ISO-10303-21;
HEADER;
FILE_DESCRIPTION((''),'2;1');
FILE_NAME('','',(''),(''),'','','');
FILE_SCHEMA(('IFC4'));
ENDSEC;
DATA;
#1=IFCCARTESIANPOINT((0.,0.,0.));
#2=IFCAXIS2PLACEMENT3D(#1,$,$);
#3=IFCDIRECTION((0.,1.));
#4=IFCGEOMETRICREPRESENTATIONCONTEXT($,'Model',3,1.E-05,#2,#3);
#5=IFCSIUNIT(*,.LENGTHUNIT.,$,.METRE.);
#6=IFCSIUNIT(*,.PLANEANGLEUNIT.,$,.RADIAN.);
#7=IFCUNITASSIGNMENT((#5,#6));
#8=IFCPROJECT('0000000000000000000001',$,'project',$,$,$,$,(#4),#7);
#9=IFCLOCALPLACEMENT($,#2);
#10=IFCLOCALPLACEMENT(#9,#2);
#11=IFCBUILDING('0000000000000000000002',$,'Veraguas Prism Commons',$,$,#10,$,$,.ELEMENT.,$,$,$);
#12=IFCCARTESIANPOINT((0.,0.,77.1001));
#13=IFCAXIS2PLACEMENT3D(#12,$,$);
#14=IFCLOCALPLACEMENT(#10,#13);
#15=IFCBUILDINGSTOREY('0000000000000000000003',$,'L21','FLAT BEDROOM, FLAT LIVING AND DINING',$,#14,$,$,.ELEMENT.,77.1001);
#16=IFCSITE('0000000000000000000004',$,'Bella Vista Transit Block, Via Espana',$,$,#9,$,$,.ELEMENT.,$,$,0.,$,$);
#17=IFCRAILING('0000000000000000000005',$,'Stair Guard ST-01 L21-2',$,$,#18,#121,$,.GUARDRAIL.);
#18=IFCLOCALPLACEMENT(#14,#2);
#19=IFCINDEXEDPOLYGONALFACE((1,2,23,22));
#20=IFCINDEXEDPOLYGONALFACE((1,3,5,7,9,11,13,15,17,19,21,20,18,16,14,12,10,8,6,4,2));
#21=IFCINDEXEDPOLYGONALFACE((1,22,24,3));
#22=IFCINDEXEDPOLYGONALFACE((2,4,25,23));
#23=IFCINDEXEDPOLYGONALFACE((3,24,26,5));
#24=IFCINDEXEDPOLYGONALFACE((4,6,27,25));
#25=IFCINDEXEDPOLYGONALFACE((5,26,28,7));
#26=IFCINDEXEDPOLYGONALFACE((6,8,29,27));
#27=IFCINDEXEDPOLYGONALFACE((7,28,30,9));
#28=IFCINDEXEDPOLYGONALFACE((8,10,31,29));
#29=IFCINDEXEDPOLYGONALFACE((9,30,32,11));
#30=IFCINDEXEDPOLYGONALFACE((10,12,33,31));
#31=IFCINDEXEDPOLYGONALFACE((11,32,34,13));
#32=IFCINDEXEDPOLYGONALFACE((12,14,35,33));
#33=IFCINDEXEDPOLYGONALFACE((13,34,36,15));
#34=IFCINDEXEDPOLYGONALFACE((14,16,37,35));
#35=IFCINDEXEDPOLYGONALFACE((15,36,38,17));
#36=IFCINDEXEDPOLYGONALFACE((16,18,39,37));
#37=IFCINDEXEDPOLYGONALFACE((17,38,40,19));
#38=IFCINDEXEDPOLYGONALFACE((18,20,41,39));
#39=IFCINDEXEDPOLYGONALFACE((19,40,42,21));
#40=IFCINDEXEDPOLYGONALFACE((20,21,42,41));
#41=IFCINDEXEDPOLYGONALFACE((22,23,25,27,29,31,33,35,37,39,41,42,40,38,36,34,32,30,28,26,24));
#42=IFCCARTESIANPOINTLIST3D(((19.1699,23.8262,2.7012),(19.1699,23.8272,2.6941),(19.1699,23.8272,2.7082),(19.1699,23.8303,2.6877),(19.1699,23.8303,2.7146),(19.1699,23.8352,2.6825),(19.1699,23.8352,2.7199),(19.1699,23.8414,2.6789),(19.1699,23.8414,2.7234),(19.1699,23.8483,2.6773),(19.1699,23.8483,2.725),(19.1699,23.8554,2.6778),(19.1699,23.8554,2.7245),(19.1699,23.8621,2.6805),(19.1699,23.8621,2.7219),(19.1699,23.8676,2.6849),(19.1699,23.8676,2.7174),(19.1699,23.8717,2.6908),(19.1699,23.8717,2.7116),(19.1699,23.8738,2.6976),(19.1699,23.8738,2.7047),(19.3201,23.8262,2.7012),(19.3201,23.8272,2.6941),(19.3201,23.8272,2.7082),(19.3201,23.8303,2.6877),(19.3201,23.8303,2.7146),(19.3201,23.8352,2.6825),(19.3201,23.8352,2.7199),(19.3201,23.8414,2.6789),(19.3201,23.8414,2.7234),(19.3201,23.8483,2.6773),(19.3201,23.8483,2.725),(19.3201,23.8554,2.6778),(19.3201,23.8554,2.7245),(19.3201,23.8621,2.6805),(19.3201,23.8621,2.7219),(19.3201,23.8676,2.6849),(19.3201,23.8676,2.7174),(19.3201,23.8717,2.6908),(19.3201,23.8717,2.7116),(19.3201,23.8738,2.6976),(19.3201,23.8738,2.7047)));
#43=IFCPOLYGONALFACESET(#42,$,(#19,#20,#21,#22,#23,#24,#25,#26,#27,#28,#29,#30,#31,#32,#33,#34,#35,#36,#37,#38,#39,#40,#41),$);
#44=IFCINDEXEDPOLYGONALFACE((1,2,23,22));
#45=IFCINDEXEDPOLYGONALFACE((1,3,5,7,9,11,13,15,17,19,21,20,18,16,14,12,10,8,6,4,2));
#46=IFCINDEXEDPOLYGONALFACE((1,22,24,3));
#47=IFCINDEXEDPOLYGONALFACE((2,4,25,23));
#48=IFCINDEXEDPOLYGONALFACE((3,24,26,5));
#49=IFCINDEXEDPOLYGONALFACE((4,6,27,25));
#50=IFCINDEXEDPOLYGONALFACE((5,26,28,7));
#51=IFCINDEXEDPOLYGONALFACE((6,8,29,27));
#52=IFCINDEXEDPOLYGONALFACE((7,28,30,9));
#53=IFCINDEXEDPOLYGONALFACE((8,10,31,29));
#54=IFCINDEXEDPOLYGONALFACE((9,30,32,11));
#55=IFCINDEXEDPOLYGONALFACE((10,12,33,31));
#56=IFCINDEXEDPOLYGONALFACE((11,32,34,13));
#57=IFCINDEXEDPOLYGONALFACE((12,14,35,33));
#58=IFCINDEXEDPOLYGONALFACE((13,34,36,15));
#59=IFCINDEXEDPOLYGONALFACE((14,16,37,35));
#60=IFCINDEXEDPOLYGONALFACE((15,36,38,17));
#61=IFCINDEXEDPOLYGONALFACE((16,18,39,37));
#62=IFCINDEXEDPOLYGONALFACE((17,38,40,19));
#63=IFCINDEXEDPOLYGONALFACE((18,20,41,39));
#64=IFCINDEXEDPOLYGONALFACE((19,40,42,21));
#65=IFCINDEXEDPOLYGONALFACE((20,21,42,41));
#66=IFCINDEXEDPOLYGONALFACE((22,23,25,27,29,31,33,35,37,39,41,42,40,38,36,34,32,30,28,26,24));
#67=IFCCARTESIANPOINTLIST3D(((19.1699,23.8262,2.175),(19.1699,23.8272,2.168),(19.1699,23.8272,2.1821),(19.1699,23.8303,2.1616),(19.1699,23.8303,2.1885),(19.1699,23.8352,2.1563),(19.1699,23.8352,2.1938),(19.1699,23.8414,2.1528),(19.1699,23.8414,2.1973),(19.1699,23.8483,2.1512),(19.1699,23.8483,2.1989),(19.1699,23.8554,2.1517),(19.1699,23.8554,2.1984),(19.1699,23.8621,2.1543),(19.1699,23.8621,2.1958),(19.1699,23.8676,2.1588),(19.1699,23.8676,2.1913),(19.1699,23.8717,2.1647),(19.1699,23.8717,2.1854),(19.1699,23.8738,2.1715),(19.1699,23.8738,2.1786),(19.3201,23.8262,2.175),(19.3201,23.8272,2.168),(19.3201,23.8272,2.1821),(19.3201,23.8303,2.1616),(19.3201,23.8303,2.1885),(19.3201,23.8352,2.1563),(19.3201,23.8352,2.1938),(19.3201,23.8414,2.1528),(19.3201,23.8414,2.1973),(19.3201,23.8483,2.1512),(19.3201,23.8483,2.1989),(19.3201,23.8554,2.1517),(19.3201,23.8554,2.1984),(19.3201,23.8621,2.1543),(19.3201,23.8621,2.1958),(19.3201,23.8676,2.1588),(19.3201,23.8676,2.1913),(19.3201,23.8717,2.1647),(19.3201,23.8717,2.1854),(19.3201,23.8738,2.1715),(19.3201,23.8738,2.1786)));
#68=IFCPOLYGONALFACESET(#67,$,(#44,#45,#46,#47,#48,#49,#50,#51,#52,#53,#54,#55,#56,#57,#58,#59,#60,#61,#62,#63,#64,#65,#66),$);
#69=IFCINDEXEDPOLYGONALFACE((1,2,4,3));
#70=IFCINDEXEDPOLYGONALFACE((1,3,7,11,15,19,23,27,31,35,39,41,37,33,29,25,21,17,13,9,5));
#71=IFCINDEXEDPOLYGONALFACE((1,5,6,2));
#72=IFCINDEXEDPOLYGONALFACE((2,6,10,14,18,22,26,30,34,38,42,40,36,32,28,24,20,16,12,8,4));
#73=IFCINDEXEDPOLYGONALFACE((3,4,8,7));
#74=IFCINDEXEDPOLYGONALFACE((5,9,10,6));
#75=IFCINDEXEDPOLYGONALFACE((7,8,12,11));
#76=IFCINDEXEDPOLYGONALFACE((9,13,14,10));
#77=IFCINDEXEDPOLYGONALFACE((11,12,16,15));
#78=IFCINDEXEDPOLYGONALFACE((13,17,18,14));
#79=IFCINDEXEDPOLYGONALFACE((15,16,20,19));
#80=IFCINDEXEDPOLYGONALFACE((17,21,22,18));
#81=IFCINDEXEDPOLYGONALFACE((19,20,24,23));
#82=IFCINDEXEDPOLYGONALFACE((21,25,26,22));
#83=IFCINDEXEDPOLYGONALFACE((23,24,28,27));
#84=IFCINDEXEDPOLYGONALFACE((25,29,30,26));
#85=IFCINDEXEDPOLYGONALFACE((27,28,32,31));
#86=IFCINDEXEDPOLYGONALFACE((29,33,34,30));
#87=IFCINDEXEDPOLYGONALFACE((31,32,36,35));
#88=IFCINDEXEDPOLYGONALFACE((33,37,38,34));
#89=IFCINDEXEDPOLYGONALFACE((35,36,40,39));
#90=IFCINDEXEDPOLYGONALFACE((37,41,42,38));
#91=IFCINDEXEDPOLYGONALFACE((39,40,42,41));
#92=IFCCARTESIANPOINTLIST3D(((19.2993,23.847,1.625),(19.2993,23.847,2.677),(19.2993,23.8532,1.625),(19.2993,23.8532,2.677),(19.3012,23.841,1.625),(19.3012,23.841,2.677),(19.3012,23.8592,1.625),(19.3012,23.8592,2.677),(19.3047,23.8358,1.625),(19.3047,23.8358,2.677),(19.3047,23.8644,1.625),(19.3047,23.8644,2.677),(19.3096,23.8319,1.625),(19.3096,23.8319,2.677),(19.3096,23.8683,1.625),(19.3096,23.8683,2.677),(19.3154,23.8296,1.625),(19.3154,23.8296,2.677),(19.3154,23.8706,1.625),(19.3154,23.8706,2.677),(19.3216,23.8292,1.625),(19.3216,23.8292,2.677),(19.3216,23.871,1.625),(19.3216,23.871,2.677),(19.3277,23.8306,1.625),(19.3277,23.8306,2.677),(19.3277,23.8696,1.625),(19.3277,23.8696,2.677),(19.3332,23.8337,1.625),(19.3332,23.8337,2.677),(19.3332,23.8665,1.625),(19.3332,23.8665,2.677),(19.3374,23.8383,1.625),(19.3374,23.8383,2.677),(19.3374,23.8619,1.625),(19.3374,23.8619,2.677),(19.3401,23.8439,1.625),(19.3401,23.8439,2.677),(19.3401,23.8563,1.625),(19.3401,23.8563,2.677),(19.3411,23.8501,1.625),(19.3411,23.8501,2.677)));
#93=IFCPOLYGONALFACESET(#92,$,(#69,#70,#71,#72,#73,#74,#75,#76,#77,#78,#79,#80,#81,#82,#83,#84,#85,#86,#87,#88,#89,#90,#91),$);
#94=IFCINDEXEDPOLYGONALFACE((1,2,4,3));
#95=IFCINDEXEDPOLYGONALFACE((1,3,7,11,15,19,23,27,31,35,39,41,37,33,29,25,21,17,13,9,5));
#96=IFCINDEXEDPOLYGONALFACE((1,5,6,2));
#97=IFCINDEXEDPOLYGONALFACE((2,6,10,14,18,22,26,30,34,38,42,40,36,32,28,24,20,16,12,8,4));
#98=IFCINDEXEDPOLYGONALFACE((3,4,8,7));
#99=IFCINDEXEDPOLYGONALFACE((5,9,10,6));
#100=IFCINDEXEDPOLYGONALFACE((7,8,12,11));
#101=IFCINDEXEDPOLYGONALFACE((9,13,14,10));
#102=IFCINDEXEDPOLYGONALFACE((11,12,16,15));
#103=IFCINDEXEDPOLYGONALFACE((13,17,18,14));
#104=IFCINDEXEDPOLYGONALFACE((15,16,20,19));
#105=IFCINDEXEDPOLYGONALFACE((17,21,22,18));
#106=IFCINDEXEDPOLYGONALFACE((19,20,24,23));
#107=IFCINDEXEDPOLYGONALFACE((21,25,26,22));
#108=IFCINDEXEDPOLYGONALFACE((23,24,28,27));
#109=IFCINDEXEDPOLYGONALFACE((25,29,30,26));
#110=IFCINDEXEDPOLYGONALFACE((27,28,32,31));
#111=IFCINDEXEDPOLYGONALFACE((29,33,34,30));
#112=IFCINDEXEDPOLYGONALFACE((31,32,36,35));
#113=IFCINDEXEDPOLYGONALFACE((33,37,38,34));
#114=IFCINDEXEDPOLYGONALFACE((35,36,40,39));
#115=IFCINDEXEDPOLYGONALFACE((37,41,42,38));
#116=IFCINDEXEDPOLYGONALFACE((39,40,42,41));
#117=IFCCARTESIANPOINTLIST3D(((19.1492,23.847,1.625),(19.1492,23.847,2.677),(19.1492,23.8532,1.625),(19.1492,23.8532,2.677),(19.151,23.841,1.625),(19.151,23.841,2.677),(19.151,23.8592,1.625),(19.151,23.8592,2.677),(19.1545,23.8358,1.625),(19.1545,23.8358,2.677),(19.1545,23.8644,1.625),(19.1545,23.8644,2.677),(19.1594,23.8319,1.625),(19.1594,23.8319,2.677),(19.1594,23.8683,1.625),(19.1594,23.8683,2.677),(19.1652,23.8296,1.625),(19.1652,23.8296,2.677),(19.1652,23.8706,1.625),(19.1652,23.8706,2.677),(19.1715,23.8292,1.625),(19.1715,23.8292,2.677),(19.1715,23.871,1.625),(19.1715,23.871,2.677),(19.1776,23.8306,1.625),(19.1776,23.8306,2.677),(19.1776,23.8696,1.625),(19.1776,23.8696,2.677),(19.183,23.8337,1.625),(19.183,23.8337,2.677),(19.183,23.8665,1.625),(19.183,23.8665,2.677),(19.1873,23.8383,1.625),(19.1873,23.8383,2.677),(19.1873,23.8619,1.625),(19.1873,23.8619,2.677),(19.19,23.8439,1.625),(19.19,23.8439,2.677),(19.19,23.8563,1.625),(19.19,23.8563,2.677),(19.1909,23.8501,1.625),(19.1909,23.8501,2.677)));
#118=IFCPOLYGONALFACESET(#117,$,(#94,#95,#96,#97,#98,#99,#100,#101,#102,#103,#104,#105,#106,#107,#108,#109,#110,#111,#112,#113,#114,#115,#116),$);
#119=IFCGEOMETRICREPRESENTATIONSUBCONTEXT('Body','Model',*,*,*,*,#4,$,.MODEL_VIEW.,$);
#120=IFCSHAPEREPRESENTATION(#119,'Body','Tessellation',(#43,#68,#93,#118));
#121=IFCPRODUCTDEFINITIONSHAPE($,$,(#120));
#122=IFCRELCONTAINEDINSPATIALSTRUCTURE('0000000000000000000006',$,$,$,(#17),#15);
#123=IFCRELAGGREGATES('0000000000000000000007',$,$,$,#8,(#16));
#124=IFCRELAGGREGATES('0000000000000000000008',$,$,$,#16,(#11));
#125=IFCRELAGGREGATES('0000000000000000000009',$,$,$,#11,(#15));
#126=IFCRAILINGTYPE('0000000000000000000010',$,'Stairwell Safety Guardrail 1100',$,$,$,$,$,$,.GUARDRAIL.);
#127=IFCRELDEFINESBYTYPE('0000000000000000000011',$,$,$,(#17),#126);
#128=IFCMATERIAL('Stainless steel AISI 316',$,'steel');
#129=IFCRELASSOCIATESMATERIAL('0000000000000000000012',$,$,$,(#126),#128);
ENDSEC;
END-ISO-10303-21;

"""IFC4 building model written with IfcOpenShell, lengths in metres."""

from ifc_helpers import new_model, si_unit, direction, frame, origin, origin_2d, place, context, subcontext, project, spatial, circle, extrude, material, type_object, element, save


model = new_model("IFC4")

# Units and contexts
model_context = context("Model", 3, precision=1e-05, world=origin(), true_north=direction((0.0, 1.0)))
body_context = subcontext(model_context, "Body", "Model", "MODEL_VIEW")
ifc_project = project(units=[si_unit("LENGTHUNIT", "METRE"), si_unit("PLANEANGLEUNIT", "RADIAN")], contexts=[model_context])

# Site, building, storey
site_placement = place(None, origin())
site = spatial("IfcSite", under=ifc_project, at=site_placement, Name="Bella Vista Transit Block, Via Espana", CompositionType="ELEMENT", RefElevation=0.0)
building_placement = place(site_placement, origin())
building = spatial("IfcBuilding", under=site, at=building_placement, Name="Veraguas Prism Commons", CompositionType="ELEMENT")
storey_placement = place(building_placement, frame((0.0, 0.0, 77.1001)))
storey = spatial("IfcBuildingStorey", under=building, at=storey_placement, Name="L21", Description="FLAT BEDROOM, FLAT LIVING AND DINING", CompositionType="ELEMENT", Elevation=77.1001)

# Railing
ifc_material_1 = material(Name="Stainless steel AISI 316", Category="steel")
railing_type_1 = type_object("IfcRailingType", Name="Stairwell Safety Guardrail 1100", PredefinedType="GUARDRAIL", material=ifc_material_1)
railing_1_placement = place(storey_placement, frame((19.3201, 23.8501, 1.625)))
element("IfcRailing", 1, at=railing_1_placement, inside=storey, type_object=railing_type_1, Name="Stair Guard ST-01 L21-2", PredefinedType="GUARDRAIL", context=body_context, shape_type="SweptSolid", body=[
    extrude(circle(Radius=0.0239, at=origin_2d()), frame((0.0, 0.0, 1.0762), z_axis=(-1.0, 0.0, 0.0), x_axis=(0.0, -1.0, 0.0)), (0.0, 0.0, 1.0), 0.1501),
    extrude(circle(Radius=0.0239, at=origin_2d()), frame((0.0, 0.0, 0.55), z_axis=(-1.0, 0.0, 0.0), x_axis=(0.0, -1.0, 0.0)), (0.0, 0.0, 1.0), 0.1501),
    extrude(circle(Radius=0.021, at=origin_2d()), origin(), (0.0, 0.0, 1.0), 1.052),
    extrude(circle(Radius=0.021, at=origin_2d()), frame((-0.1501, 0.0, 0.0)), (0.0, 0.0, 1.0), 1.052),
])

save(model, "model.ifc")
